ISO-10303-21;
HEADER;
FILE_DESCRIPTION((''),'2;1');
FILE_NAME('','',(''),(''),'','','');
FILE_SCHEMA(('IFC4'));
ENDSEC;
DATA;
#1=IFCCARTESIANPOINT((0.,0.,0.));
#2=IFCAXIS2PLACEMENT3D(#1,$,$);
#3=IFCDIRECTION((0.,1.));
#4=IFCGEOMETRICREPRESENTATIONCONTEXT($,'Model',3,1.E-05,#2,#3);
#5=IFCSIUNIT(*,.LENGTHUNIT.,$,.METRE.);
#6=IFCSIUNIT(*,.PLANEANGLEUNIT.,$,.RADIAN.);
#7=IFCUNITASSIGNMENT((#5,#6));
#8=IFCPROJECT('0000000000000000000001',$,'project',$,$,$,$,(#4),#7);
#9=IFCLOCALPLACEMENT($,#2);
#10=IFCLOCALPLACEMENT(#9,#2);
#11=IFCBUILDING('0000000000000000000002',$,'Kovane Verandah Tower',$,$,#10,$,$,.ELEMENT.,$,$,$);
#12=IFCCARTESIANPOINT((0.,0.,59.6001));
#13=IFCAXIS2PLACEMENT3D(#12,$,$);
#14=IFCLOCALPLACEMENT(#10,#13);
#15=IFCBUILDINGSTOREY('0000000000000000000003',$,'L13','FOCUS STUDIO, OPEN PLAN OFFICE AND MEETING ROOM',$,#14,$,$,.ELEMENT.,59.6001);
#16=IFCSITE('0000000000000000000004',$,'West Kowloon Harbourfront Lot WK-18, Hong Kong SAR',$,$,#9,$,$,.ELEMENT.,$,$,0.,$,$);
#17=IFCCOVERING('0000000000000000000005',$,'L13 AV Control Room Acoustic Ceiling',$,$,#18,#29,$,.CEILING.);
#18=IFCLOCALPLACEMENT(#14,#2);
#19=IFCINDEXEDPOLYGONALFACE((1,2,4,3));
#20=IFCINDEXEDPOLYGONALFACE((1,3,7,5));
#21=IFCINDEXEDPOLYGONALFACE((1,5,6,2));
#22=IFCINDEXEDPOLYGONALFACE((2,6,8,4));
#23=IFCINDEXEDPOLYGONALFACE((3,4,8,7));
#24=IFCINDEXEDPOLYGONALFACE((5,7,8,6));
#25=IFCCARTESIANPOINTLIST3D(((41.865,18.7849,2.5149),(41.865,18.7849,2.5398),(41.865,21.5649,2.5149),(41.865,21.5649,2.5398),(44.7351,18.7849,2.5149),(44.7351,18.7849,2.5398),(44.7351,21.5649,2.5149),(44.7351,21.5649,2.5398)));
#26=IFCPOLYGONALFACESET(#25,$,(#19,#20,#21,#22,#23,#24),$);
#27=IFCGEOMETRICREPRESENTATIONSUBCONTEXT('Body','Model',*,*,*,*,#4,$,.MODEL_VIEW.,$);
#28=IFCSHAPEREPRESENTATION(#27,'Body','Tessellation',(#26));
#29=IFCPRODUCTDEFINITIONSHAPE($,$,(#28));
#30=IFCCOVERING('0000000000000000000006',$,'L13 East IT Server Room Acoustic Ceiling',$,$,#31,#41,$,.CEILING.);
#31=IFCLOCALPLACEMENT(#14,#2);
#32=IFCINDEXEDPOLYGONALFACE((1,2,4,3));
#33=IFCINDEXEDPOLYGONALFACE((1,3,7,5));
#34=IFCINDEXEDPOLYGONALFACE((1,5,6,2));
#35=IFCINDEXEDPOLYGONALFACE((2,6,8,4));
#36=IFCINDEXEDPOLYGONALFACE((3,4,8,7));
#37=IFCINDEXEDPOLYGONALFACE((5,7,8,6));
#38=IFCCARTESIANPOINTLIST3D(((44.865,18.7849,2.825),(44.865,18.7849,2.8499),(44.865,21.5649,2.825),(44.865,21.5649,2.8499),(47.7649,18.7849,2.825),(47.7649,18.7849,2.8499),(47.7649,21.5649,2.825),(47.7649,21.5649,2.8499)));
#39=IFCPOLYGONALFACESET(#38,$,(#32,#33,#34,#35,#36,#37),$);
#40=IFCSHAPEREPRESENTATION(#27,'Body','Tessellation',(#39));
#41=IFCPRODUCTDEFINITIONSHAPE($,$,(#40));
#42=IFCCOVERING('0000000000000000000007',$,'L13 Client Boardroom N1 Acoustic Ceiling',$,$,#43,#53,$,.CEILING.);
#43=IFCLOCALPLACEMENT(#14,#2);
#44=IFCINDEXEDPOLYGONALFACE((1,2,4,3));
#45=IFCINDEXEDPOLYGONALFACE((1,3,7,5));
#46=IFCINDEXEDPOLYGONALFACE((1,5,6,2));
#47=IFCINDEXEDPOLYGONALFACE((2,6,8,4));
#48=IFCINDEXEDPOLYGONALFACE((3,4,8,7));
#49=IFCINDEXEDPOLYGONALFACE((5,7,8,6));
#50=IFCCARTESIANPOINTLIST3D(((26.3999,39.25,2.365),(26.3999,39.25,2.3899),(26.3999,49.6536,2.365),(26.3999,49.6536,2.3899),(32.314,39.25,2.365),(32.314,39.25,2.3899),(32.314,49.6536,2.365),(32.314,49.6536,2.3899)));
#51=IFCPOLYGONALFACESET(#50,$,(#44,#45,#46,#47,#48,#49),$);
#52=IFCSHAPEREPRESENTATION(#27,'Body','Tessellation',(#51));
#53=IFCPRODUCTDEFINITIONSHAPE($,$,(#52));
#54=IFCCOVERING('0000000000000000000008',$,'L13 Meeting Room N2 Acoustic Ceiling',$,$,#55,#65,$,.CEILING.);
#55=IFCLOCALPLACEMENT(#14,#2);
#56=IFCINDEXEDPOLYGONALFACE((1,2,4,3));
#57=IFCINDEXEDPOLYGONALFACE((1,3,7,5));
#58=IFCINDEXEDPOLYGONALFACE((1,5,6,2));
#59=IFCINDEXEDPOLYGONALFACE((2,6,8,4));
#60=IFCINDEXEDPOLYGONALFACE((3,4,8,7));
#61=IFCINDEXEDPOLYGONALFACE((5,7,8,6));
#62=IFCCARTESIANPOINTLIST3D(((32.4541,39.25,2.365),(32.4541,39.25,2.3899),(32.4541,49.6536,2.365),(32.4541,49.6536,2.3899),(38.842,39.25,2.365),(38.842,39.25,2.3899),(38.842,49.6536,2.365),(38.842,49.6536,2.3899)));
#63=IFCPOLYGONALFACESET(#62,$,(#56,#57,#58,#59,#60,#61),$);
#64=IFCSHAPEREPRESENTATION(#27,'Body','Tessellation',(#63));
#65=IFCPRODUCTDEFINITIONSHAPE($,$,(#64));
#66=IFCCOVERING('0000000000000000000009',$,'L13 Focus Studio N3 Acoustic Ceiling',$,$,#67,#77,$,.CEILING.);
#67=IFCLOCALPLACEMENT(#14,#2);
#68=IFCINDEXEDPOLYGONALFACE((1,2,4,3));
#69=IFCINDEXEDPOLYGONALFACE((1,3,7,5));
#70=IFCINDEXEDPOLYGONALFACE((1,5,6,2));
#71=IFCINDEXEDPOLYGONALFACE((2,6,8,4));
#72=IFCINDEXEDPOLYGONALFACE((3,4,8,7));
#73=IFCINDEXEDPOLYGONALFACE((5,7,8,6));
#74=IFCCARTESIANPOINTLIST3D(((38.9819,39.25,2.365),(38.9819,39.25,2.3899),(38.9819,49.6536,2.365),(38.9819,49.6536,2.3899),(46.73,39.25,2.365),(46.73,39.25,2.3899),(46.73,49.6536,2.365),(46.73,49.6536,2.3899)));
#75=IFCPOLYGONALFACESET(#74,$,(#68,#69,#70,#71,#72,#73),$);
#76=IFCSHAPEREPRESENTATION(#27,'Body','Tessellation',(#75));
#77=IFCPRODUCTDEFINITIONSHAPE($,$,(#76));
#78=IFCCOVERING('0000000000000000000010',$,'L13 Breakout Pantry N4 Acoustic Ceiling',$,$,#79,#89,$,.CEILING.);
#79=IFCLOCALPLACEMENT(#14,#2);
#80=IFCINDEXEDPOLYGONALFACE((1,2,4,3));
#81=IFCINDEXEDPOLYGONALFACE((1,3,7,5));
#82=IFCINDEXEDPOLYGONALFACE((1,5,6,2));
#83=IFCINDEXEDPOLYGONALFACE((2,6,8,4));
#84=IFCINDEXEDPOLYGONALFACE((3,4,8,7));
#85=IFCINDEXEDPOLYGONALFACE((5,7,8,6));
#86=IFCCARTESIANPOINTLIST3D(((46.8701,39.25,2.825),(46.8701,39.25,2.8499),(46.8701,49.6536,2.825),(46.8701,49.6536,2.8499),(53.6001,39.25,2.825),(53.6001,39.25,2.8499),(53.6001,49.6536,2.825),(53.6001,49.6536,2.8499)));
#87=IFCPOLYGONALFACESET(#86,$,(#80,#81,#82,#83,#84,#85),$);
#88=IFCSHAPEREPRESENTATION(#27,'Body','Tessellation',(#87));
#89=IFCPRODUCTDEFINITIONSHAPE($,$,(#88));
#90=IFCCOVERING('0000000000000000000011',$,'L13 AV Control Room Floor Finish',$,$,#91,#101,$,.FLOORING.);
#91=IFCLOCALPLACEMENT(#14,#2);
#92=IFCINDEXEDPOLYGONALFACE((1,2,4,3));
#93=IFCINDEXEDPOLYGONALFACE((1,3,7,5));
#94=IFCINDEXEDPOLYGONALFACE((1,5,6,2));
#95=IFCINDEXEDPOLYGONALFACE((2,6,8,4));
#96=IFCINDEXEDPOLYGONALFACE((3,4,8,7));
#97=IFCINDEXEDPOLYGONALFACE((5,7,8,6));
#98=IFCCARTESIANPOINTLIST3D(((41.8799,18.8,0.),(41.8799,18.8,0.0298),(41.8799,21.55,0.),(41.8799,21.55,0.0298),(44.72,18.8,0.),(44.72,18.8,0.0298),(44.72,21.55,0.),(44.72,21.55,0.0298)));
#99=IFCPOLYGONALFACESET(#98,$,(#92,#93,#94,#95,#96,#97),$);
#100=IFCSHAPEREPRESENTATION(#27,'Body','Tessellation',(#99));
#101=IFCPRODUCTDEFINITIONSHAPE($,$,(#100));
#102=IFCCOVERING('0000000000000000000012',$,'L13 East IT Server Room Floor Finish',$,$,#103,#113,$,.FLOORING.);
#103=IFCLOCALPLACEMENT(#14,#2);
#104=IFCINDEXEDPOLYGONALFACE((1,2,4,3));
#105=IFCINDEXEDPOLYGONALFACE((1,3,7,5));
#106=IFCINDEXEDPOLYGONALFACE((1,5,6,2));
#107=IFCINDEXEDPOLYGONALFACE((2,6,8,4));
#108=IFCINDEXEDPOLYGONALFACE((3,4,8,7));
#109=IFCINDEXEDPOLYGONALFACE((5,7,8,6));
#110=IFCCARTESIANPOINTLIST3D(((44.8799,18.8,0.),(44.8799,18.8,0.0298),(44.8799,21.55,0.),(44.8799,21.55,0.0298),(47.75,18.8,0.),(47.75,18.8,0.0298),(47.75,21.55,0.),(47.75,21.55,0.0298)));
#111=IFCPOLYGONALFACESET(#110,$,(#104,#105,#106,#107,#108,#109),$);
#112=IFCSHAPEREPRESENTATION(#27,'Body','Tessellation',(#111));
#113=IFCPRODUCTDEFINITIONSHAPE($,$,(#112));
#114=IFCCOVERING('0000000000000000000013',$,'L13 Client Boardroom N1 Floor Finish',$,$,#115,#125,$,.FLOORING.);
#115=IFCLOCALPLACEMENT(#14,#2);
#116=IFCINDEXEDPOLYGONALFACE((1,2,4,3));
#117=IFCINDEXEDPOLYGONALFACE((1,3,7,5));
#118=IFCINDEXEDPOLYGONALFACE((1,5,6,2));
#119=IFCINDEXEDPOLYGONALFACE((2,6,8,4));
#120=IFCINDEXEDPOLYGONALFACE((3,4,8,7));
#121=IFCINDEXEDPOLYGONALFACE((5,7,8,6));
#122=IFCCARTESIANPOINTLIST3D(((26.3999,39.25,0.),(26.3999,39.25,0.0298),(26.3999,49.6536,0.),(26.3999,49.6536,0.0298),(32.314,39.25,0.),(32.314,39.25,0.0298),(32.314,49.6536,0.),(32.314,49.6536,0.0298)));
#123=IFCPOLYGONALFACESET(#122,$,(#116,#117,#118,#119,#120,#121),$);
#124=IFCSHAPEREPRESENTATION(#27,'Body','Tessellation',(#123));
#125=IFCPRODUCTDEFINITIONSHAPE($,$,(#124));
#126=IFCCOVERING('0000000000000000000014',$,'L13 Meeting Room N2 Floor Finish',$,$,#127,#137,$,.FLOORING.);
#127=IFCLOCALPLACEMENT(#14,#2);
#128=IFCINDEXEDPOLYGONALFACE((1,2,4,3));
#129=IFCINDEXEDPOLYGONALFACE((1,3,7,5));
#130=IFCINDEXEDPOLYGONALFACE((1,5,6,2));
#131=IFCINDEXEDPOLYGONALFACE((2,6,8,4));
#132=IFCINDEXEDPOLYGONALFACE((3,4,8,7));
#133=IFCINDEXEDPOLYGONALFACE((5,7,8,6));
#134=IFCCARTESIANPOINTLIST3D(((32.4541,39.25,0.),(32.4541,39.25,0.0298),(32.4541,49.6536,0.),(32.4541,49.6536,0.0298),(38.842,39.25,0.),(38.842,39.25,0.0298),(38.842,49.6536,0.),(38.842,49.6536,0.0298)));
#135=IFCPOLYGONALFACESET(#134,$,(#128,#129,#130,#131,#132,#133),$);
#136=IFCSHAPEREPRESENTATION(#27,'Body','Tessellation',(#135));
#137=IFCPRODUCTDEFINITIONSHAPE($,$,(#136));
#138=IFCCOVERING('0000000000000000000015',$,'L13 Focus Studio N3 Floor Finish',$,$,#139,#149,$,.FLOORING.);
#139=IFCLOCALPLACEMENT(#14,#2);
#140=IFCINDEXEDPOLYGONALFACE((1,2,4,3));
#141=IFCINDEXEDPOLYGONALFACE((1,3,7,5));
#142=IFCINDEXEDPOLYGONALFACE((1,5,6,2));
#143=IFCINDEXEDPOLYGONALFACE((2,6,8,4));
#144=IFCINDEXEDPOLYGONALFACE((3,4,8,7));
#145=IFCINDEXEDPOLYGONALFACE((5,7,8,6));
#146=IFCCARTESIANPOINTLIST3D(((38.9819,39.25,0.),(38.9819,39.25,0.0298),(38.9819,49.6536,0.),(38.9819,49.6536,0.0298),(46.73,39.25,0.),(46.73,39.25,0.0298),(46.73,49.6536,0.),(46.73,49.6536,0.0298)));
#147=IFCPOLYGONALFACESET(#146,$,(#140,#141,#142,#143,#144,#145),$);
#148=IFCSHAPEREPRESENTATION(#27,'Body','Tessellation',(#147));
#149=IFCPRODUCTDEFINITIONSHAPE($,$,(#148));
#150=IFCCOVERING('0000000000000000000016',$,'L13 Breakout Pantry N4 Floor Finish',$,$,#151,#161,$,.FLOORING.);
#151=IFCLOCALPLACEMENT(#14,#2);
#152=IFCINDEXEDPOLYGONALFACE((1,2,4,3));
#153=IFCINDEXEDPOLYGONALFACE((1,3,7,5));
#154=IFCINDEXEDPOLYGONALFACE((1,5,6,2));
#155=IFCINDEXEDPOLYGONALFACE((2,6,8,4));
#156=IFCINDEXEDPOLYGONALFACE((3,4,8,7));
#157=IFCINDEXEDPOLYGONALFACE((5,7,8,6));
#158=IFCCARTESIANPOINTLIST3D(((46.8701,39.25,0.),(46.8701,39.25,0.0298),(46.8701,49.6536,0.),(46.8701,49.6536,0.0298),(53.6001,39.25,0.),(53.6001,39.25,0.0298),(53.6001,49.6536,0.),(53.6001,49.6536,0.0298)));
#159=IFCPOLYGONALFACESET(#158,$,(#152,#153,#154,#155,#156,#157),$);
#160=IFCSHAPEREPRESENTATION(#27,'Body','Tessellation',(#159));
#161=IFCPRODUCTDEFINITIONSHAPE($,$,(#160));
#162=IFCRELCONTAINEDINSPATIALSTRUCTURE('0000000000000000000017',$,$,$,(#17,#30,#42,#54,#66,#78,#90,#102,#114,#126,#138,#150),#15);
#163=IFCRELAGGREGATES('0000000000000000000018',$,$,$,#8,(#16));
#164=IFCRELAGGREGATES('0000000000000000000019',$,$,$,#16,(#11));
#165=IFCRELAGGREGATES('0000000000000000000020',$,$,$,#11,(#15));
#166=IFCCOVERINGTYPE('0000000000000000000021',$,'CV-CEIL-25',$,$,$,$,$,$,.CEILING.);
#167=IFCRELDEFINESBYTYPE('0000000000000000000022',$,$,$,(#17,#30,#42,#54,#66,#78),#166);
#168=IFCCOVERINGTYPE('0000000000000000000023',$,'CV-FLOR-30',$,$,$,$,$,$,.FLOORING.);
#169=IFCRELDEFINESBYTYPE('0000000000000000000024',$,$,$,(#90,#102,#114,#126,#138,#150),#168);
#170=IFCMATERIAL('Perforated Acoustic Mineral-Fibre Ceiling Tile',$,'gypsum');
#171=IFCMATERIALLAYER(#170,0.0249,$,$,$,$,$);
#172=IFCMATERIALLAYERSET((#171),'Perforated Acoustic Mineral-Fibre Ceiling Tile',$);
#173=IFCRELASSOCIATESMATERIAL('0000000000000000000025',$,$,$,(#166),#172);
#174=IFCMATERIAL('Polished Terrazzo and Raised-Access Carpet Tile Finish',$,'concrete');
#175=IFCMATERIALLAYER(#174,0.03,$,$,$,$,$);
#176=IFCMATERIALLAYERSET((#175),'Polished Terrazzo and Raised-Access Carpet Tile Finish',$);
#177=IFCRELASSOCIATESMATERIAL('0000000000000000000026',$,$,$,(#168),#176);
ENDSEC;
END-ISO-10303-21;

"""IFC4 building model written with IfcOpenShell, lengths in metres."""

from ifc_helpers import new_model, si_unit, direction, frame, origin, place, context, subcontext, project, spatial, polyline, outline, extrude, material, layer, layer_set, type_object, element, save


model = new_model("IFC4")

# Units and contexts
model_context = context("Model", 3, precision=1e-05, world=origin(), true_north=direction((0.0, 1.0)))
body_context = subcontext(model_context, "Body", "Model", "MODEL_VIEW")
ifc_project = project(units=[si_unit("LENGTHUNIT", "METRE"), si_unit("PLANEANGLEUNIT", "RADIAN")], contexts=[model_context])

# Site, building, storey
site_placement = place(None, origin())
site = spatial("IfcSite", under=ifc_project, at=site_placement, Name="West Kowloon Harbourfront Lot WK-18, Hong Kong SAR", CompositionType="ELEMENT", RefElevation=0.0)
building_placement = place(site_placement, origin())
building = spatial("IfcBuilding", under=site, at=building_placement, Name="Kovane Verandah Tower", CompositionType="ELEMENT")
storey_placement = place(building_placement, frame((0.0, 0.0, 59.6001)))
storey = spatial("IfcBuildingStorey", under=building, at=storey_placement, Name="L13", Description="FOCUS STUDIO, OPEN PLAN OFFICE AND MEETING ROOM", CompositionType="ELEMENT", Elevation=59.6001)

# Coverings
ifc_material_1 = material(Name="Perforated Acoustic Mineral-Fibre Ceiling Tile", Category="gypsum")
ifc_layer_1 = layer(ifc_material_1, 0.0249)
ifc_layer_set_1 = layer_set([ifc_layer_1], Name="Perforated Acoustic Mineral-Fibre Ceiling Tile")
covering_type_1 = type_object("IfcCoveringType", Name="CV-CEIL-25", PredefinedType="CEILING", material=ifc_layer_set_1)
covering_1_placement = place(storey_placement, frame((0.0, 0.0, 2.5149)))
element("IfcCovering", 1, at=covering_1_placement, inside=storey, type_object=covering_type_1, Name="L13 AV Control Room Acoustic Ceiling", PredefinedType="CEILING", context=body_context, shape_type="SweptSolid", body=[
    extrude(outline(polyline([(41.865, 18.7849), (44.7351, 18.7849), (44.7351, 21.5649), (41.865, 21.5649), (41.865, 18.7849)])), origin(), (0.0, 0.0, 1.0), 0.0249),
])
covering_2_placement = place(storey_placement, frame((0.0, 0.0, 2.825)))
element("IfcCovering", 2, at=covering_2_placement, inside=storey, type_object=covering_type_1, Name="L13 East IT Server Room Acoustic Ceiling", PredefinedType="CEILING", context=body_context, shape_type="SweptSolid", body=[
    extrude(outline(polyline([(44.865, 18.7849), (47.7649, 18.7849), (47.7649, 21.5649), (44.865, 21.5649), (44.865, 18.7849)])), origin(), (0.0, 0.0, 1.0), 0.0249),
])
covering_3_placement = place(storey_placement, frame((0.0, 0.0, 2.365)))
element("IfcCovering", 3, at=covering_3_placement, inside=storey, type_object=covering_type_1, Name="L13 Client Boardroom N1 Acoustic Ceiling", PredefinedType="CEILING", context=body_context, shape_type="SweptSolid", body=[
    extrude(outline(polyline([(26.3999, 39.25), (32.314, 39.25), (32.314, 49.6536), (26.3999, 49.6536), (26.3999, 39.25)])), origin(), (0.0, 0.0, 1.0), 0.0249),
])
covering_4_placement = place(storey_placement, frame((0.0, 0.0, 2.365)))
element("IfcCovering", 4, at=covering_4_placement, inside=storey, type_object=covering_type_1, Name="L13 Meeting Room N2 Acoustic Ceiling", PredefinedType="CEILING", context=body_context, shape_type="SweptSolid", body=[
    extrude(outline(polyline([(32.4541, 39.25), (38.842, 39.25), (38.842, 49.6536), (32.4541, 49.6536), (32.4541, 39.25)])), origin(), (0.0, 0.0, 1.0), 0.0249),
])
covering_5_placement = place(storey_placement, frame((0.0, 0.0, 2.365)))
element("IfcCovering", 5, at=covering_5_placement, inside=storey, type_object=covering_type_1, Name="L13 Focus Studio N3 Acoustic Ceiling", PredefinedType="CEILING", context=body_context, shape_type="SweptSolid", body=[
    extrude(outline(polyline([(38.9819, 39.25), (46.73, 39.25), (46.73, 49.6536), (38.9819, 49.6536), (38.9819, 39.25)])), origin(), (0.0, 0.0, 1.0), 0.0249),
])
covering_6_placement = place(storey_placement, frame((0.0, 0.0, 2.825)))
element("IfcCovering", 6, at=covering_6_placement, inside=storey, type_object=covering_type_1, Name="L13 Breakout Pantry N4 Acoustic Ceiling", PredefinedType="CEILING", context=body_context, shape_type="SweptSolid", body=[
    extrude(outline(polyline([(46.8701, 39.25), (53.6001, 39.25), (53.6001, 49.6536), (46.8701, 49.6536), (46.8701, 39.25)])), origin(), (0.0, 0.0, 1.0), 0.0249),
])
ifc_material_2 = material(Name="Polished Terrazzo and Raised-Access Carpet Tile Finish", Category="concrete")
ifc_layer_2 = layer(ifc_material_2, 0.03)
ifc_layer_set_2 = layer_set([ifc_layer_2], Name="Polished Terrazzo and Raised-Access Carpet Tile Finish")
covering_type_2 = type_object("IfcCoveringType", Name="CV-FLOR-30", PredefinedType="FLOORING", material=ifc_layer_set_2)
covering_7_placement = place(storey_placement, origin())
element("IfcCovering", 7, at=covering_7_placement, inside=storey, type_object=covering_type_2, Name="L13 AV Control Room Floor Finish", PredefinedType="FLOORING", context=body_context, shape_type="SweptSolid", body=[
    extrude(outline(polyline([(41.8799, 18.8), (44.72, 18.8), (44.72, 21.55), (41.8799, 21.55), (41.8799, 18.8)])), origin(), (0.0, 0.0, 1.0), 0.0298),
])
covering_8_placement = place(storey_placement, origin())
element("IfcCovering", 8, at=covering_8_placement, inside=storey, type_object=covering_type_2, Name="L13 East IT Server Room Floor Finish", PredefinedType="FLOORING", context=body_context, shape_type="SweptSolid", body=[
    extrude(outline(polyline([(44.8799, 18.8), (47.75, 18.8), (47.75, 21.55), (44.8799, 21.55), (44.8799, 18.8)])), origin(), (0.0, 0.0, 1.0), 0.0298),
])
covering_9_placement = place(storey_placement, origin())
element("IfcCovering", 9, at=covering_9_placement, inside=storey, type_object=covering_type_2, Name="L13 Client Boardroom N1 Floor Finish", PredefinedType="FLOORING", context=body_context, shape_type="SweptSolid", body=[
    extrude(outline(polyline([(26.3999, 39.25), (32.314, 39.25), (32.314, 49.6536), (26.3999, 49.6536), (26.3999, 39.25)])), origin(), (0.0, 0.0, 1.0), 0.0298),
])
covering_10_placement = place(storey_placement, origin())
element("IfcCovering", 10, at=covering_10_placement, inside=storey, type_object=covering_type_2, Name="L13 Meeting Room N2 Floor Finish", PredefinedType="FLOORING", context=body_context, shape_type="SweptSolid", body=[
    extrude(outline(polyline([(32.4541, 39.25), (38.842, 39.25), (38.842, 49.6536), (32.4541, 49.6536), (32.4541, 39.25)])), origin(), (0.0, 0.0, 1.0), 0.0298),
])
covering_11_placement = place(storey_placement, origin())
element("IfcCovering", 11, at=covering_11_placement, inside=storey, type_object=covering_type_2, Name="L13 Focus Studio N3 Floor Finish", PredefinedType="FLOORING", context=body_context, shape_type="SweptSolid", body=[
    extrude(outline(polyline([(38.9819, 39.25), (46.73, 39.25), (46.73, 49.6536), (38.9819, 49.6536), (38.9819, 39.25)])), origin(), (0.0, 0.0, 1.0), 0.0298),
])
covering_12_placement = place(storey_placement, origin())
element("IfcCovering", 12, at=covering_12_placement, inside=storey, type_object=covering_type_2, Name="L13 Breakout Pantry N4 Floor Finish", PredefinedType="FLOORING", context=body_context, shape_type="SweptSolid", body=[
    extrude(outline(polyline([(46.8701, 39.25), (53.6001, 39.25), (53.6001, 49.6536), (46.8701, 49.6536), (46.8701, 39.25)])), origin(), (0.0, 0.0, 1.0), 0.0298),
])

save(model, "model.ifc")
